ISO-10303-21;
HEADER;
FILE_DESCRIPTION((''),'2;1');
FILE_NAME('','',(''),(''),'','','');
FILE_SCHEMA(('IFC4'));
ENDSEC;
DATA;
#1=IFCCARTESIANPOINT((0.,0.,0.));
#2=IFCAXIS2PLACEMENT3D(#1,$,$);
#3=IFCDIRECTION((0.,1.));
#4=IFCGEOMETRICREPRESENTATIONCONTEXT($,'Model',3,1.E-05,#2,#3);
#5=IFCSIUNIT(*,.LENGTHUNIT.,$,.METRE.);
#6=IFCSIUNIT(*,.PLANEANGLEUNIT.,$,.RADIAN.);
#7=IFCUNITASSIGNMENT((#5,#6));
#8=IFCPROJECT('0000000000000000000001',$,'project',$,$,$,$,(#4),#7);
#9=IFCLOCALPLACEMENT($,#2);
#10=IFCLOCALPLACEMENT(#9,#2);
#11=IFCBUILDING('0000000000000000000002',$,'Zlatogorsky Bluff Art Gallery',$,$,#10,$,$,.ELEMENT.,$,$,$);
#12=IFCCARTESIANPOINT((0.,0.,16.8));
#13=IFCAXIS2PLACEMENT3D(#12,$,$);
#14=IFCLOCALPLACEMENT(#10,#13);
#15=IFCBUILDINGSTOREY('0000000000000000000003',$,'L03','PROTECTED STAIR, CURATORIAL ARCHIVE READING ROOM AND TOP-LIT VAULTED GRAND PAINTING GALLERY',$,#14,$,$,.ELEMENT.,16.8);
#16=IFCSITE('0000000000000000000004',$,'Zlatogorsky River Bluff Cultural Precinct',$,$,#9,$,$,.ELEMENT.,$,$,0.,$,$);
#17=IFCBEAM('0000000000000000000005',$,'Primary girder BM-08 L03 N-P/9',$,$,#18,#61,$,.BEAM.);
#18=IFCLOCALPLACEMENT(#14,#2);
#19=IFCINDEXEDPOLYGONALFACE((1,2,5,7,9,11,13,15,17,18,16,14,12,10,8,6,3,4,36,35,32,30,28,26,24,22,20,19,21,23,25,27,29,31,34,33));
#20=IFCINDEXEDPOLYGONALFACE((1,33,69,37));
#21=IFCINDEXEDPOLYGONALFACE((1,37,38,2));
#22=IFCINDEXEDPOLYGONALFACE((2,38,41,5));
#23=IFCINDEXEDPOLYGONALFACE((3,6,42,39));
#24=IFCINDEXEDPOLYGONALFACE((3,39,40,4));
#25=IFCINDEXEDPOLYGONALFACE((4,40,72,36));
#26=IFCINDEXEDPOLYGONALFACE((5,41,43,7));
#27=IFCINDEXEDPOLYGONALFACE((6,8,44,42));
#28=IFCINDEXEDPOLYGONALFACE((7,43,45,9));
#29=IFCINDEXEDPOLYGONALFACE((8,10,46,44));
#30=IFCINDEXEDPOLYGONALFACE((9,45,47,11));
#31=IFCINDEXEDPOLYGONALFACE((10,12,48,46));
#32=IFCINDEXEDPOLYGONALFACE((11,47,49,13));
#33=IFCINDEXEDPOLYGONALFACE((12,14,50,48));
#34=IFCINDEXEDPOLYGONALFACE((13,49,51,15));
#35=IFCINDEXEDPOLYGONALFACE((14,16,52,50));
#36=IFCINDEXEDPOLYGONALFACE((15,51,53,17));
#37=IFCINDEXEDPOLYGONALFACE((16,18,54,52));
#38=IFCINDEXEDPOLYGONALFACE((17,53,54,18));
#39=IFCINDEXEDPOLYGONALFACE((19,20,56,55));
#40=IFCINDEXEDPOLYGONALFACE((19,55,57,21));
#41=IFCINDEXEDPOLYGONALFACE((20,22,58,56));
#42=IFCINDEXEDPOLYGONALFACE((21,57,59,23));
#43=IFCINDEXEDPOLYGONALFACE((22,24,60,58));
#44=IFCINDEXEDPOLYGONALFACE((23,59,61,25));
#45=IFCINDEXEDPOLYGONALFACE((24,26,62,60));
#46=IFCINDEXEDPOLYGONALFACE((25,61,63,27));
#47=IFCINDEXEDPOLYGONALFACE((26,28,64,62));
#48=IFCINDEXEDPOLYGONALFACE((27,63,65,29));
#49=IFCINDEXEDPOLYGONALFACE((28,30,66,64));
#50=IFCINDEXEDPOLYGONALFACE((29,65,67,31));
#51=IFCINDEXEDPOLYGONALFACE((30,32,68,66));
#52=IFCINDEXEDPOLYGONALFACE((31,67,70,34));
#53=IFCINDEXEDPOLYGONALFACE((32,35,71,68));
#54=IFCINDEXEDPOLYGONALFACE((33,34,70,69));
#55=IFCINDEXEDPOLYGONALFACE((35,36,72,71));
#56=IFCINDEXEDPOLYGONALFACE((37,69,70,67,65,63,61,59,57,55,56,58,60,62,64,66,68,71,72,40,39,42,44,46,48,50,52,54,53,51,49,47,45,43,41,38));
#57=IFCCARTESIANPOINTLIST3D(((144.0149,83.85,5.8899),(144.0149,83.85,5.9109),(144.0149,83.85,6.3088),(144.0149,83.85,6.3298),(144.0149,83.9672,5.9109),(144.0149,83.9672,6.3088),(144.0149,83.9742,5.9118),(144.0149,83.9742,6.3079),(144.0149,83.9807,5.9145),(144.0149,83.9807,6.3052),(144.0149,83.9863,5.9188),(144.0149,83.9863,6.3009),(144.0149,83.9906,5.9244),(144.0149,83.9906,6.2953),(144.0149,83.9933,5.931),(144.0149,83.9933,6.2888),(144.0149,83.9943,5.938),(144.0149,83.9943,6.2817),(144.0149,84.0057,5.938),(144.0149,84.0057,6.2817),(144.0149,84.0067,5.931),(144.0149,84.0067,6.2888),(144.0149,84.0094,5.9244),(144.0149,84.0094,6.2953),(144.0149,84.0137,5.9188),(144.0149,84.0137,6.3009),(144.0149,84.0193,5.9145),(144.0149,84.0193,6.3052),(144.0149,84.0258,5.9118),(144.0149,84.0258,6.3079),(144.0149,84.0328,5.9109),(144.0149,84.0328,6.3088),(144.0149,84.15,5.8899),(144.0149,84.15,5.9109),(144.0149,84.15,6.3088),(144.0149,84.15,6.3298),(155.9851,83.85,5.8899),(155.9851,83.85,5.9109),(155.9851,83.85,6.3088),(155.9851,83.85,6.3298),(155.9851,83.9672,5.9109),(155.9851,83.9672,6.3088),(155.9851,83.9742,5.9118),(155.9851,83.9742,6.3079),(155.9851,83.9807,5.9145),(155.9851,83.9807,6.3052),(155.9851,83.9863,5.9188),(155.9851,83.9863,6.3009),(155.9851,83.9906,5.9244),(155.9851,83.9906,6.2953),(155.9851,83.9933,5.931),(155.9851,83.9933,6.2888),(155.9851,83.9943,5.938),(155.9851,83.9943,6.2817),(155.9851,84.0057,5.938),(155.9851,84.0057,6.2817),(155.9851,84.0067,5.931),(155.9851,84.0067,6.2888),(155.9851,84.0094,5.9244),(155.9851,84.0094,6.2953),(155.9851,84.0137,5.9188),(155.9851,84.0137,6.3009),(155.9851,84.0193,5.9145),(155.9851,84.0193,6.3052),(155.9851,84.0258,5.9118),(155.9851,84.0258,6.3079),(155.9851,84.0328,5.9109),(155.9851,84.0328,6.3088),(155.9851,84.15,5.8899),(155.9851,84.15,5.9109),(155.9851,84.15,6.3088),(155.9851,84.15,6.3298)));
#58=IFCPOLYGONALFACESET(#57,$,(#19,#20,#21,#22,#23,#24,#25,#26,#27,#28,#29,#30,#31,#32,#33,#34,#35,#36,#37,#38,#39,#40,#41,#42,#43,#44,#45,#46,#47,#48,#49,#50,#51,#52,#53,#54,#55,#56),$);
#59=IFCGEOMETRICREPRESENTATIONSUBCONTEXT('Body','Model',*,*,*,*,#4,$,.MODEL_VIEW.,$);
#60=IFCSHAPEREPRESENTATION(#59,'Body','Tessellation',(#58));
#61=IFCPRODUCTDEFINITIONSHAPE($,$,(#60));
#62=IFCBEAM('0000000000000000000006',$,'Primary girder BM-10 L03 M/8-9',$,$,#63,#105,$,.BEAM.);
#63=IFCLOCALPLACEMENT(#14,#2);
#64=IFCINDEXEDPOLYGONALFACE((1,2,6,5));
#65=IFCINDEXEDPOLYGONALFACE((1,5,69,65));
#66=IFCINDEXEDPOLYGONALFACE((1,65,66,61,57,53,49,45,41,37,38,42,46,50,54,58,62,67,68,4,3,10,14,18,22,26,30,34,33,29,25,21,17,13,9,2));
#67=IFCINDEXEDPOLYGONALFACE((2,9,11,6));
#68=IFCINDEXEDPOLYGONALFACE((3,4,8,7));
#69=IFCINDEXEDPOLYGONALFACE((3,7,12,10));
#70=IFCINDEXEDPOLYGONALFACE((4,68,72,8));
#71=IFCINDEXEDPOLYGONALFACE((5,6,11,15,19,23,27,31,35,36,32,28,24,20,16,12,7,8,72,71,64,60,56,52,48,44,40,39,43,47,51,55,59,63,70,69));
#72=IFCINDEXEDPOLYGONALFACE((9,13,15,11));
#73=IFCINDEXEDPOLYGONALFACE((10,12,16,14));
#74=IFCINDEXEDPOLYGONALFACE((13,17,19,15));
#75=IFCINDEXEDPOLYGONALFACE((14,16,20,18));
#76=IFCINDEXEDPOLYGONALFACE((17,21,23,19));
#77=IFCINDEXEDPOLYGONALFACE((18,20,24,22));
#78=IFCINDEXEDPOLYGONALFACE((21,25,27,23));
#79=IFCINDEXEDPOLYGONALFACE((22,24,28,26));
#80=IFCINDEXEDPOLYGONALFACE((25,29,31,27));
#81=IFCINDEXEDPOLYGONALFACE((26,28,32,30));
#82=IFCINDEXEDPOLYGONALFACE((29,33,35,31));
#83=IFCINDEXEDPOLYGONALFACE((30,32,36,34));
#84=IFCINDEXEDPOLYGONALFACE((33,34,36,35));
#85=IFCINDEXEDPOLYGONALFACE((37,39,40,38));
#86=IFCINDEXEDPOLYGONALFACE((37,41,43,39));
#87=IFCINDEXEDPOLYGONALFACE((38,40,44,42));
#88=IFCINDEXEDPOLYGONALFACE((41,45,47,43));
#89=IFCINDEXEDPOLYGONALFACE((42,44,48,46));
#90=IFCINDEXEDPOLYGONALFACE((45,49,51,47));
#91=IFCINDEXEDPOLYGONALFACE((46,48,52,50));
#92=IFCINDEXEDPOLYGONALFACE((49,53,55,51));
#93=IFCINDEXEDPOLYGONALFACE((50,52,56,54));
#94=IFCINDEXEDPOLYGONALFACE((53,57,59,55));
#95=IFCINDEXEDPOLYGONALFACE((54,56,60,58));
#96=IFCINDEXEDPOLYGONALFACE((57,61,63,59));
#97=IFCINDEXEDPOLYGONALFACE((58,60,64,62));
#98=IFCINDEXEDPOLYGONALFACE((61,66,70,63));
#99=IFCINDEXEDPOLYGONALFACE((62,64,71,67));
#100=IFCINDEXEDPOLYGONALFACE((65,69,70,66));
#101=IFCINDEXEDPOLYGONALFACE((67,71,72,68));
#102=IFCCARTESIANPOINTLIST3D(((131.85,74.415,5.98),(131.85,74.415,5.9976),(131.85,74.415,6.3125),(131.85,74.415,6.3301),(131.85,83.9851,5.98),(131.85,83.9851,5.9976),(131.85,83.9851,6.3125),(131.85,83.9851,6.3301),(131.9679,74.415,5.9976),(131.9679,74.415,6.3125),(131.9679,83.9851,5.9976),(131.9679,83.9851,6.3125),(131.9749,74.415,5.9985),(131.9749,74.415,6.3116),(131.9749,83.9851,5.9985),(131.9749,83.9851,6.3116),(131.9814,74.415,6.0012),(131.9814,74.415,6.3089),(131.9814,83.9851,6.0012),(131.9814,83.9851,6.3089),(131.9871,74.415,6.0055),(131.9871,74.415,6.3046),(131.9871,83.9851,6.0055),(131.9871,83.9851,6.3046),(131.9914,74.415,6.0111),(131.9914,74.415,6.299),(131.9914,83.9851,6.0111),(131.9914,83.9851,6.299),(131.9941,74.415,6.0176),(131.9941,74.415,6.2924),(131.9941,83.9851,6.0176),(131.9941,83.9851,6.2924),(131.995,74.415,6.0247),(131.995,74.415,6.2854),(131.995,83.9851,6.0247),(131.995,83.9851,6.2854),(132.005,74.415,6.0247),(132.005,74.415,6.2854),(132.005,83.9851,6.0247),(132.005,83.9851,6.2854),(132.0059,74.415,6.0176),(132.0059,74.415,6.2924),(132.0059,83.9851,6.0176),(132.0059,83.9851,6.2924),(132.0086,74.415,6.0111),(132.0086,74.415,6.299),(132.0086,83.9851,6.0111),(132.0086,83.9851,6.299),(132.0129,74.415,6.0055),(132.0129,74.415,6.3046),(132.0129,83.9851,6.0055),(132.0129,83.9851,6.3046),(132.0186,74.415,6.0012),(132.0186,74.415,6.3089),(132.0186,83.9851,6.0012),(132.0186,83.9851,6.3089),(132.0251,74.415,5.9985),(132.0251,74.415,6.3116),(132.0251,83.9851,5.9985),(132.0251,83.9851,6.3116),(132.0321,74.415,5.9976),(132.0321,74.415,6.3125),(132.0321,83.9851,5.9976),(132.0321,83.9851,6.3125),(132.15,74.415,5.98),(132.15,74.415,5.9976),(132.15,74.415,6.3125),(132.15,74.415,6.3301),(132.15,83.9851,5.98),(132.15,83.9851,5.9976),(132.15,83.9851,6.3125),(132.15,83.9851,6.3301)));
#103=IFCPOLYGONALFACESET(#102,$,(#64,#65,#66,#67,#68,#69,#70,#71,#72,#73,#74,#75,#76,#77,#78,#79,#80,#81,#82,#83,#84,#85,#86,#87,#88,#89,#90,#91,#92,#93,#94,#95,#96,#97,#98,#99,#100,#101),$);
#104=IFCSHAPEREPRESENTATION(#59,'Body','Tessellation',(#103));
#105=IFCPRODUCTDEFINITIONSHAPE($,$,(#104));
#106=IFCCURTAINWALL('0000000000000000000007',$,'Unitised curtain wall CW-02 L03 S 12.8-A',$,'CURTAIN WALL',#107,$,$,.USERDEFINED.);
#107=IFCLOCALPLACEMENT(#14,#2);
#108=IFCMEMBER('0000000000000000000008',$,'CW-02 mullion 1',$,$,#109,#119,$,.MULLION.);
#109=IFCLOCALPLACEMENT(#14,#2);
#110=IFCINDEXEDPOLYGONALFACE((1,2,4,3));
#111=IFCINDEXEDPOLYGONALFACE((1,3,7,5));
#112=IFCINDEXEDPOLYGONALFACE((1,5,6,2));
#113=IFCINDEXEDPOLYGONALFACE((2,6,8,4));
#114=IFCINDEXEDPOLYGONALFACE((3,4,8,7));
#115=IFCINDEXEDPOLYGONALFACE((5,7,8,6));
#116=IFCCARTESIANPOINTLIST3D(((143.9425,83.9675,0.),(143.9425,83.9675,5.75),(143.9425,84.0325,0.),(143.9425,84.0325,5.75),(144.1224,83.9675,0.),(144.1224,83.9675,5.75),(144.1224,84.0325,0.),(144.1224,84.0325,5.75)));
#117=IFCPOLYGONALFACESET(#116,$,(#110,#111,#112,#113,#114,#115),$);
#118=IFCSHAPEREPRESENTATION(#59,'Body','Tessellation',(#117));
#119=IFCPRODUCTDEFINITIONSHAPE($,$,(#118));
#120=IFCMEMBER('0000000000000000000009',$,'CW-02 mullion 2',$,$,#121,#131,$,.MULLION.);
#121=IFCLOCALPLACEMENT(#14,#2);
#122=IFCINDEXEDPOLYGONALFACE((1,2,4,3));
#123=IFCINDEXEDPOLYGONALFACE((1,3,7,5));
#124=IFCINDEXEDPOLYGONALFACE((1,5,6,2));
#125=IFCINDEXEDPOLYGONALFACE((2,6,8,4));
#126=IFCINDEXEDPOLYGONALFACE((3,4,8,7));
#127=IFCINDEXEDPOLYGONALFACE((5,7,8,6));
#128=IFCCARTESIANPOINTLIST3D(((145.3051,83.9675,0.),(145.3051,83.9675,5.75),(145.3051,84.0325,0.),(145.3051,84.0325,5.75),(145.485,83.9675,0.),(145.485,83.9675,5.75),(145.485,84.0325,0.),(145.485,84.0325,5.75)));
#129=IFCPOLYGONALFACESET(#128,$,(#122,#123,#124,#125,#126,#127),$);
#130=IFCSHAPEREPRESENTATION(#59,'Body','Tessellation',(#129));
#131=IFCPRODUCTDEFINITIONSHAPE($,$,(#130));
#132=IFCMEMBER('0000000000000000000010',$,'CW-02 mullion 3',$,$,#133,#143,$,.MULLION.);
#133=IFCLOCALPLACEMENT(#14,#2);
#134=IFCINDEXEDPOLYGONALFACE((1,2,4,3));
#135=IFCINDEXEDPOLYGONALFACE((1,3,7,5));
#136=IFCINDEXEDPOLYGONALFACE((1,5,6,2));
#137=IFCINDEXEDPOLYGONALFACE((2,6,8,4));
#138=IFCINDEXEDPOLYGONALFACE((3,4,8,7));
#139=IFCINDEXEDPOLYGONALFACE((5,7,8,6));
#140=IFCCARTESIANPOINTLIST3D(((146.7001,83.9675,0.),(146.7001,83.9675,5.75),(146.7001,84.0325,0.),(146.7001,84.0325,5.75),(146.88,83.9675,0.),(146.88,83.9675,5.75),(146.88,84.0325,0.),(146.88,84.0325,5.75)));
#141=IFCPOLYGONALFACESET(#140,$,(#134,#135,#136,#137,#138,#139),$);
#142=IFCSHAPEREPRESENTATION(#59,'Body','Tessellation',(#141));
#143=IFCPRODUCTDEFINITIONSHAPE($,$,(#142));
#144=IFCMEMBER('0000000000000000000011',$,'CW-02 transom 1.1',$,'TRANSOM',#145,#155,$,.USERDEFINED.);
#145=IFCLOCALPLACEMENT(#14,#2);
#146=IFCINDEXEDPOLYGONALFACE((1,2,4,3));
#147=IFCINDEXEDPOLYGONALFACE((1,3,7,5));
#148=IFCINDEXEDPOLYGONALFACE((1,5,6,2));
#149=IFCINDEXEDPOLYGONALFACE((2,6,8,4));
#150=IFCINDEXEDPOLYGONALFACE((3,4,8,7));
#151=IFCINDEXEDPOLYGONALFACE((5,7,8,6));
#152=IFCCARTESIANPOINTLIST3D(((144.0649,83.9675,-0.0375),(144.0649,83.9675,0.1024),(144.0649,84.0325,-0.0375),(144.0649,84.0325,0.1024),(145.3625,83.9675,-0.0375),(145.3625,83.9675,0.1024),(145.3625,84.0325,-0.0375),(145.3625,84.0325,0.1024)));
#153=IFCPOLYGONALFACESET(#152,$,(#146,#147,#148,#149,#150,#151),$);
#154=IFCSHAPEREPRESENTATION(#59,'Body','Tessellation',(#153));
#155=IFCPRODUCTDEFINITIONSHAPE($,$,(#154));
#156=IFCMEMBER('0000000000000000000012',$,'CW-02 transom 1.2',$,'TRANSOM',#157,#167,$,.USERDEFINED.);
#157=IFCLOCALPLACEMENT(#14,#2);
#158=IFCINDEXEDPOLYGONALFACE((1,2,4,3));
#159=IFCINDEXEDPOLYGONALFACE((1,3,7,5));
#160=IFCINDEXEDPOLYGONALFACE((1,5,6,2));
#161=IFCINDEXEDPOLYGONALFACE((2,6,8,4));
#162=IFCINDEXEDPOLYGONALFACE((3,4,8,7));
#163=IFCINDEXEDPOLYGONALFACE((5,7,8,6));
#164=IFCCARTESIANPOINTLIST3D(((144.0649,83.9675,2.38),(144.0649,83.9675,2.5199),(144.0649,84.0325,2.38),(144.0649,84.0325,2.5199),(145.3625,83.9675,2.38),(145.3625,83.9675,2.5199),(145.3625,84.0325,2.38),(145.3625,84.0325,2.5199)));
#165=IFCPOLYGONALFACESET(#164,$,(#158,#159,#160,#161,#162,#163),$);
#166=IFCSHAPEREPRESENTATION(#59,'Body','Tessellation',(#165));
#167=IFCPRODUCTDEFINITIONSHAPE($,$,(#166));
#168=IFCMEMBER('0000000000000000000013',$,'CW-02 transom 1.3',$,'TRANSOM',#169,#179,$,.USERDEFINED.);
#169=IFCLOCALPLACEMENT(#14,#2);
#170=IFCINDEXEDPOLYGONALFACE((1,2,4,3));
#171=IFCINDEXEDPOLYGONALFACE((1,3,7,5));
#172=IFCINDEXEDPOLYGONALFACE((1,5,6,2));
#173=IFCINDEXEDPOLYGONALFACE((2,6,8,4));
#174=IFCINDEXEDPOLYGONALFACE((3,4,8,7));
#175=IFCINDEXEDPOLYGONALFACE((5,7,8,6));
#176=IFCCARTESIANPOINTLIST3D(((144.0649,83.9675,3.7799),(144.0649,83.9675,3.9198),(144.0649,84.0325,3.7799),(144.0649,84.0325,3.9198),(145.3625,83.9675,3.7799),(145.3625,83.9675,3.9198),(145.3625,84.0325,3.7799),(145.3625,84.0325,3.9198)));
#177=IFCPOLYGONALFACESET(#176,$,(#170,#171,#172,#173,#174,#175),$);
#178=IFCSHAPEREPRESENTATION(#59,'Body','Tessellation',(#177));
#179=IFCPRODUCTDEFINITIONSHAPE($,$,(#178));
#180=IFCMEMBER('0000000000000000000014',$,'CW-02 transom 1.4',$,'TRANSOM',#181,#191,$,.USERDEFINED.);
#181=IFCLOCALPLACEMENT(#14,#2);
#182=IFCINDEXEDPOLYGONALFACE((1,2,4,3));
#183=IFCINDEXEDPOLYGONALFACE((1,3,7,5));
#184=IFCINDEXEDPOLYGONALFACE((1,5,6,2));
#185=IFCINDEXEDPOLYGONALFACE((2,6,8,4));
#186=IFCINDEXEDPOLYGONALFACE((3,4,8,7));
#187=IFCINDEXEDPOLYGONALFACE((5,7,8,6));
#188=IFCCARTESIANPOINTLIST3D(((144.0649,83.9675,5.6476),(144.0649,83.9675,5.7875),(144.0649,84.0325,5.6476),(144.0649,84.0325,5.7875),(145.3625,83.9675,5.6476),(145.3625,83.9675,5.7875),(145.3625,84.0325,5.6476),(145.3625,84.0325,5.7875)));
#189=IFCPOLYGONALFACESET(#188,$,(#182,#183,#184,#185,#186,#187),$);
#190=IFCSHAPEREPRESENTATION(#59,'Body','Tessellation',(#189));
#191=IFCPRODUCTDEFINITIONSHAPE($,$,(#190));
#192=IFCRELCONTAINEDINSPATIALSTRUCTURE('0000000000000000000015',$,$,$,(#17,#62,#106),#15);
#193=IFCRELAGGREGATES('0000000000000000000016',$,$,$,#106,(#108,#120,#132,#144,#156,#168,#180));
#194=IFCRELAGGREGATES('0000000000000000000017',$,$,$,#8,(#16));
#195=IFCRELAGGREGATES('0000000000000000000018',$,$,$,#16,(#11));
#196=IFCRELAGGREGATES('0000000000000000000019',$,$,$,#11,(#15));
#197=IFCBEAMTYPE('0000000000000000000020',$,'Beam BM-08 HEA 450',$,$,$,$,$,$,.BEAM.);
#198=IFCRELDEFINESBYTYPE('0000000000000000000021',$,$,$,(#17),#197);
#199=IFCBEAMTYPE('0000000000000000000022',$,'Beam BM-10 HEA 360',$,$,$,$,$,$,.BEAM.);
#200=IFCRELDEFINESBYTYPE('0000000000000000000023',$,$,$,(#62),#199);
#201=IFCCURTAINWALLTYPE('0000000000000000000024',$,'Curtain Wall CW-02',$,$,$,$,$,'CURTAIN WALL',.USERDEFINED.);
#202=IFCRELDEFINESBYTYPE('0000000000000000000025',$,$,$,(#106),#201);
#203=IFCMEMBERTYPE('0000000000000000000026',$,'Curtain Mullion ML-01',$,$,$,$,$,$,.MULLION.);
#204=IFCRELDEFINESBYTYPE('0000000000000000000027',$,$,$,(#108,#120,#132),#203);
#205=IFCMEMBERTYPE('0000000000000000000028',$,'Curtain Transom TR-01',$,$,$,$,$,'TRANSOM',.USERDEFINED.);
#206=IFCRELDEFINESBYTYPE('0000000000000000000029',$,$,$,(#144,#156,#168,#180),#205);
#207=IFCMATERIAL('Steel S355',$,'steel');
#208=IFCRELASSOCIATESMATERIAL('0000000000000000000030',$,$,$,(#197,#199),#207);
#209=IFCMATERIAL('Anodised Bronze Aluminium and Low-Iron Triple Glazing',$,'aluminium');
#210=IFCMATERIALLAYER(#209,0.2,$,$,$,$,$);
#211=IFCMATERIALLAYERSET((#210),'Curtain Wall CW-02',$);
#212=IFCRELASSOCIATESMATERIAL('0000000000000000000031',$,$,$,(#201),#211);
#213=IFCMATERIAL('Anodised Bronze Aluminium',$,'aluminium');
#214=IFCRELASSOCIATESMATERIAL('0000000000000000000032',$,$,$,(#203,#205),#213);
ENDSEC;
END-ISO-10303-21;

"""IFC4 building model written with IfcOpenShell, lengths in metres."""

from ifc_helpers import new_model, si_unit, direction, frame, origin, origin_2d, place, context, subcontext, project, spatial, rectangle, i_section, extrude, material, layer, layer_set, material_profile, profile_set, type_object, element, aggregate, save


model = new_model("IFC4")

# Units and contexts
model_context = context("Model", 3, precision=1e-05, world=origin(), true_north=direction((0.0, 1.0)))
body_context = subcontext(model_context, "Body", "Model", "MODEL_VIEW")
ifc_project = project(units=[si_unit("LENGTHUNIT", "METRE"), si_unit("PLANEANGLEUNIT", "RADIAN")], contexts=[model_context])

# Site, building, storey
site_placement = place(None, origin())
site = spatial("IfcSite", under=ifc_project, at=site_placement, Name="Zlatogorsky River Bluff Cultural Precinct", CompositionType="ELEMENT", RefElevation=0.0)
building_placement = place(site_placement, origin())
building = spatial("IfcBuilding", under=site, at=building_placement, Name="Zlatogorsky Bluff Art Gallery", CompositionType="ELEMENT")
storey_placement = place(building_placement, frame((0.0, 0.0, 16.8)))
storey = spatial("IfcBuildingStorey", under=building, at=storey_placement, Name="L03", Description="PROTECTED STAIR, CURATORIAL ARCHIVE READING ROOM AND TOP-LIT VAULTED GRAND PAINTING GALLERY", CompositionType="ELEMENT", Elevation=16.8)

# Shared definitions
ifc_material_1 = material(Name="Steel S355", Category="steel")

# Beams
ifc_material_profile_1 = material_profile(ifc_material_1, i_section(OverallWidth=0.3, OverallDepth=0.4399, WebThickness=0.0115, FlangeThickness=0.021, FilletRadius=0.0271, at=origin_2d()), Name="HEA 450")
ifc_profile_set_1 = profile_set([ifc_material_profile_1], Name="Steel S355")
beam_type_1 = type_object("IfcBeamType", Name="Beam BM-08 HEA 450", PredefinedType="BEAM", material=ifc_profile_set_1)
for number, where, z_axis, x_axis, name in (
    (1, (144.0149, 84.0, 6.1099), (1.0, 0.0, 0.0), (0.0, 1.0, 0.0), "Primary girder BM-08 L03 N-P/9"),
):
    element("IfcBeam", number, at=place(storey_placement, frame(where, z_axis=z_axis, x_axis=x_axis)), inside=storey, type_object=beam_type_1, Name=name, PredefinedType="BEAM", context=body_context, shape_type="SweptSolid", body=[
        extrude(i_section(OverallWidth=0.3, OverallDepth=0.4399, WebThickness=0.0115, FlangeThickness=0.021, FilletRadius=0.0271, at=origin_2d()), origin(), (0.0, 0.0, 1.0), 11.9702),
    ])
ifc_material_profile_2 = material_profile(ifc_material_1, i_section(OverallWidth=0.3, OverallDepth=0.3501, WebThickness=0.01, FlangeThickness=0.0176, FilletRadius=0.0271, at=origin_2d()), Name="HEA 360")
ifc_profile_set_2 = profile_set([ifc_material_profile_2], Name="Steel S355")
beam_type_2 = type_object("IfcBeamType", Name="Beam BM-10 HEA 360", PredefinedType="BEAM", material=ifc_profile_set_2)
beam_placement = place(storey_placement, frame((132.0, 74.415, 6.155), z_axis=(0.0, 1.0, 0.0), x_axis=(-1.0, 0.0, 0.0)))
element("IfcBeam", 2, at=beam_placement, inside=storey, type_object=beam_type_2, Name="Primary girder BM-10 L03 M/8-9", PredefinedType="BEAM", context=body_context, shape_type="SweptSolid", body=[
    extrude(i_section(OverallWidth=0.3, OverallDepth=0.3501, WebThickness=0.01, FlangeThickness=0.0176, FilletRadius=0.0271, at=origin_2d()), origin(), (0.0, 0.0, 1.0), 9.5701),
])

# Curtain wall, members
ifc_material_2 = material(Name="Anodised Bronze Aluminium and Low-Iron Triple Glazing", Category="aluminium")
ifc_layer_1 = layer(ifc_material_2, 0.2)
ifc_layer_set_1 = layer_set([ifc_layer_1], Name="Curtain Wall CW-02")
curtain_wall_type = type_object("IfcCurtainWallType", Name="Curtain Wall CW-02", ElementType="CURTAIN WALL", PredefinedType="USERDEFINED", material=ifc_layer_set_1)
curtain_wall_placement = place(storey_placement, origin())
curtain_wall = element("IfcCurtainWall", 3, at=curtain_wall_placement, inside=storey, type_object=curtain_wall_type, Name="Unitised curtain wall CW-02 L03 S 12.8-A", ObjectType="CURTAIN WALL", PredefinedType="USERDEFINED")
ifc_material_3 = material(Name="Anodised Bronze Aluminium", Category="aluminium")
ifc_material_profile_3 = material_profile(ifc_material_3, rectangle(XDim=0.0649, YDim=0.1799, at=origin_2d()), Name="ALU MULLION 65x180")
ifc_profile_set_3 = profile_set([ifc_material_profile_3], Name="Anodised Bronze Aluminium")
member_type_1 = type_object("IfcMemberType", Name="Curtain Mullion ML-01", PredefinedType="MULLION", material=ifc_profile_set_3)
member_1_placement = place(storey_placement, frame((144.0325, 84.0, 0.0), z_axis=(0.0, 0.0, 1.0), x_axis=(0.0, 1.0, 0.0)))
member_1 = element("IfcMember", 4, at=member_1_placement, type_object=member_type_1, Name="CW-02 mullion 1", PredefinedType="MULLION", context=body_context, shape_type="SweptSolid", body=[
    extrude(rectangle(XDim=0.0649, YDim=0.1799, at=origin_2d()), origin(), (0.0, 0.0, 1.0), 5.75),
])
member_2_placement = place(storey_placement, frame((145.395, 84.0, 0.0), z_axis=(0.0, 0.0, 1.0), x_axis=(0.0, 1.0, 0.0)))
member_2 = element("IfcMember", 5, at=member_2_placement, type_object=member_type_1, Name="CW-02 mullion 2", PredefinedType="MULLION", context=body_context, shape_type="SweptSolid", body=[
    extrude(rectangle(XDim=0.0649, YDim=0.1799, at=origin_2d()), origin(), (0.0, 0.0, 1.0), 5.75),
])
member_3_placement = place(storey_placement, frame((146.79, 84.0, 0.0), z_axis=(0.0, 0.0, 1.0), x_axis=(0.0, 1.0, 0.0)))
member_3 = element("IfcMember", 6, at=member_3_placement, type_object=member_type_1, Name="CW-02 mullion 3", PredefinedType="MULLION", context=body_context, shape_type="SweptSolid", body=[
    extrude(rectangle(XDim=0.0649, YDim=0.1799, at=origin_2d()), origin(), (0.0, 0.0, 1.0), 5.75),
])
ifc_material_profile_4 = material_profile(ifc_material_3, rectangle(XDim=0.0649, YDim=0.1399, at=origin_2d()), Name="ALU TRANSOM 65x140")
ifc_profile_set_4 = profile_set([ifc_material_profile_4], Name="Anodised Bronze Aluminium")
member_type_2 = type_object("IfcMemberType", Name="Curtain Transom TR-01", ElementType="TRANSOM", PredefinedType="USERDEFINED", material=ifc_profile_set_4)
member_4_placement = place(storey_placement, frame((144.0649, 84.0, 0.0325), z_axis=(1.0, 0.0, 0.0), x_axis=(0.0, 1.0, 0.0)))
member_4 = element("IfcMember", 7, at=member_4_placement, type_object=member_type_2, Name="CW-02 transom 1.1", ObjectType="TRANSOM", PredefinedType="USERDEFINED", context=body_context, shape_type="SweptSolid", body=[
    extrude(rectangle(XDim=0.0649, YDim=0.1399, at=origin_2d()), origin(), (0.0, 0.0, 1.0), 1.2976),
])
member_5_placement = place(storey_placement, frame((144.0649, 84.0, 2.45), z_axis=(1.0, 0.0, 0.0), x_axis=(0.0, 1.0, 0.0)))
member_5 = element("IfcMember", 8, at=member_5_placement, type_object=member_type_2, Name="CW-02 transom 1.2", ObjectType="TRANSOM", PredefinedType="USERDEFINED", context=body_context, shape_type="SweptSolid", body=[
    extrude(rectangle(XDim=0.0649, YDim=0.1399, at=origin_2d()), origin(), (0.0, 0.0, 1.0), 1.2976),
])
member_6_placement = place(storey_placement, frame((144.0649, 84.0, 3.8499), z_axis=(1.0, 0.0, 0.0), x_axis=(0.0, 1.0, 0.0)))
member_6 = element("IfcMember", 9, at=member_6_placement, type_object=member_type_2, Name="CW-02 transom 1.3", ObjectType="TRANSOM", PredefinedType="USERDEFINED", context=body_context, shape_type="SweptSolid", body=[
    extrude(rectangle(XDim=0.0649, YDim=0.1399, at=origin_2d()), origin(), (0.0, 0.0, 1.0), 1.2976),
])
member_7_placement = place(storey_placement, frame((144.0649, 84.0, 5.7175), z_axis=(1.0, 0.0, 0.0), x_axis=(0.0, 1.0, 0.0)))
member_7 = element("IfcMember", 10, at=member_7_placement, type_object=member_type_2, Name="CW-02 transom 1.4", ObjectType="TRANSOM", PredefinedType="USERDEFINED", context=body_context, shape_type="SweptSolid", body=[
    extrude(rectangle(XDim=0.0649, YDim=0.1399, at=origin_2d()), origin(), (0.0, 0.0, 1.0), 1.2976),
])
aggregate(curtain_wall, [member_1, member_2, member_3, member_4, member_5, member_6, member_7])

save(model, "model.ifc")
